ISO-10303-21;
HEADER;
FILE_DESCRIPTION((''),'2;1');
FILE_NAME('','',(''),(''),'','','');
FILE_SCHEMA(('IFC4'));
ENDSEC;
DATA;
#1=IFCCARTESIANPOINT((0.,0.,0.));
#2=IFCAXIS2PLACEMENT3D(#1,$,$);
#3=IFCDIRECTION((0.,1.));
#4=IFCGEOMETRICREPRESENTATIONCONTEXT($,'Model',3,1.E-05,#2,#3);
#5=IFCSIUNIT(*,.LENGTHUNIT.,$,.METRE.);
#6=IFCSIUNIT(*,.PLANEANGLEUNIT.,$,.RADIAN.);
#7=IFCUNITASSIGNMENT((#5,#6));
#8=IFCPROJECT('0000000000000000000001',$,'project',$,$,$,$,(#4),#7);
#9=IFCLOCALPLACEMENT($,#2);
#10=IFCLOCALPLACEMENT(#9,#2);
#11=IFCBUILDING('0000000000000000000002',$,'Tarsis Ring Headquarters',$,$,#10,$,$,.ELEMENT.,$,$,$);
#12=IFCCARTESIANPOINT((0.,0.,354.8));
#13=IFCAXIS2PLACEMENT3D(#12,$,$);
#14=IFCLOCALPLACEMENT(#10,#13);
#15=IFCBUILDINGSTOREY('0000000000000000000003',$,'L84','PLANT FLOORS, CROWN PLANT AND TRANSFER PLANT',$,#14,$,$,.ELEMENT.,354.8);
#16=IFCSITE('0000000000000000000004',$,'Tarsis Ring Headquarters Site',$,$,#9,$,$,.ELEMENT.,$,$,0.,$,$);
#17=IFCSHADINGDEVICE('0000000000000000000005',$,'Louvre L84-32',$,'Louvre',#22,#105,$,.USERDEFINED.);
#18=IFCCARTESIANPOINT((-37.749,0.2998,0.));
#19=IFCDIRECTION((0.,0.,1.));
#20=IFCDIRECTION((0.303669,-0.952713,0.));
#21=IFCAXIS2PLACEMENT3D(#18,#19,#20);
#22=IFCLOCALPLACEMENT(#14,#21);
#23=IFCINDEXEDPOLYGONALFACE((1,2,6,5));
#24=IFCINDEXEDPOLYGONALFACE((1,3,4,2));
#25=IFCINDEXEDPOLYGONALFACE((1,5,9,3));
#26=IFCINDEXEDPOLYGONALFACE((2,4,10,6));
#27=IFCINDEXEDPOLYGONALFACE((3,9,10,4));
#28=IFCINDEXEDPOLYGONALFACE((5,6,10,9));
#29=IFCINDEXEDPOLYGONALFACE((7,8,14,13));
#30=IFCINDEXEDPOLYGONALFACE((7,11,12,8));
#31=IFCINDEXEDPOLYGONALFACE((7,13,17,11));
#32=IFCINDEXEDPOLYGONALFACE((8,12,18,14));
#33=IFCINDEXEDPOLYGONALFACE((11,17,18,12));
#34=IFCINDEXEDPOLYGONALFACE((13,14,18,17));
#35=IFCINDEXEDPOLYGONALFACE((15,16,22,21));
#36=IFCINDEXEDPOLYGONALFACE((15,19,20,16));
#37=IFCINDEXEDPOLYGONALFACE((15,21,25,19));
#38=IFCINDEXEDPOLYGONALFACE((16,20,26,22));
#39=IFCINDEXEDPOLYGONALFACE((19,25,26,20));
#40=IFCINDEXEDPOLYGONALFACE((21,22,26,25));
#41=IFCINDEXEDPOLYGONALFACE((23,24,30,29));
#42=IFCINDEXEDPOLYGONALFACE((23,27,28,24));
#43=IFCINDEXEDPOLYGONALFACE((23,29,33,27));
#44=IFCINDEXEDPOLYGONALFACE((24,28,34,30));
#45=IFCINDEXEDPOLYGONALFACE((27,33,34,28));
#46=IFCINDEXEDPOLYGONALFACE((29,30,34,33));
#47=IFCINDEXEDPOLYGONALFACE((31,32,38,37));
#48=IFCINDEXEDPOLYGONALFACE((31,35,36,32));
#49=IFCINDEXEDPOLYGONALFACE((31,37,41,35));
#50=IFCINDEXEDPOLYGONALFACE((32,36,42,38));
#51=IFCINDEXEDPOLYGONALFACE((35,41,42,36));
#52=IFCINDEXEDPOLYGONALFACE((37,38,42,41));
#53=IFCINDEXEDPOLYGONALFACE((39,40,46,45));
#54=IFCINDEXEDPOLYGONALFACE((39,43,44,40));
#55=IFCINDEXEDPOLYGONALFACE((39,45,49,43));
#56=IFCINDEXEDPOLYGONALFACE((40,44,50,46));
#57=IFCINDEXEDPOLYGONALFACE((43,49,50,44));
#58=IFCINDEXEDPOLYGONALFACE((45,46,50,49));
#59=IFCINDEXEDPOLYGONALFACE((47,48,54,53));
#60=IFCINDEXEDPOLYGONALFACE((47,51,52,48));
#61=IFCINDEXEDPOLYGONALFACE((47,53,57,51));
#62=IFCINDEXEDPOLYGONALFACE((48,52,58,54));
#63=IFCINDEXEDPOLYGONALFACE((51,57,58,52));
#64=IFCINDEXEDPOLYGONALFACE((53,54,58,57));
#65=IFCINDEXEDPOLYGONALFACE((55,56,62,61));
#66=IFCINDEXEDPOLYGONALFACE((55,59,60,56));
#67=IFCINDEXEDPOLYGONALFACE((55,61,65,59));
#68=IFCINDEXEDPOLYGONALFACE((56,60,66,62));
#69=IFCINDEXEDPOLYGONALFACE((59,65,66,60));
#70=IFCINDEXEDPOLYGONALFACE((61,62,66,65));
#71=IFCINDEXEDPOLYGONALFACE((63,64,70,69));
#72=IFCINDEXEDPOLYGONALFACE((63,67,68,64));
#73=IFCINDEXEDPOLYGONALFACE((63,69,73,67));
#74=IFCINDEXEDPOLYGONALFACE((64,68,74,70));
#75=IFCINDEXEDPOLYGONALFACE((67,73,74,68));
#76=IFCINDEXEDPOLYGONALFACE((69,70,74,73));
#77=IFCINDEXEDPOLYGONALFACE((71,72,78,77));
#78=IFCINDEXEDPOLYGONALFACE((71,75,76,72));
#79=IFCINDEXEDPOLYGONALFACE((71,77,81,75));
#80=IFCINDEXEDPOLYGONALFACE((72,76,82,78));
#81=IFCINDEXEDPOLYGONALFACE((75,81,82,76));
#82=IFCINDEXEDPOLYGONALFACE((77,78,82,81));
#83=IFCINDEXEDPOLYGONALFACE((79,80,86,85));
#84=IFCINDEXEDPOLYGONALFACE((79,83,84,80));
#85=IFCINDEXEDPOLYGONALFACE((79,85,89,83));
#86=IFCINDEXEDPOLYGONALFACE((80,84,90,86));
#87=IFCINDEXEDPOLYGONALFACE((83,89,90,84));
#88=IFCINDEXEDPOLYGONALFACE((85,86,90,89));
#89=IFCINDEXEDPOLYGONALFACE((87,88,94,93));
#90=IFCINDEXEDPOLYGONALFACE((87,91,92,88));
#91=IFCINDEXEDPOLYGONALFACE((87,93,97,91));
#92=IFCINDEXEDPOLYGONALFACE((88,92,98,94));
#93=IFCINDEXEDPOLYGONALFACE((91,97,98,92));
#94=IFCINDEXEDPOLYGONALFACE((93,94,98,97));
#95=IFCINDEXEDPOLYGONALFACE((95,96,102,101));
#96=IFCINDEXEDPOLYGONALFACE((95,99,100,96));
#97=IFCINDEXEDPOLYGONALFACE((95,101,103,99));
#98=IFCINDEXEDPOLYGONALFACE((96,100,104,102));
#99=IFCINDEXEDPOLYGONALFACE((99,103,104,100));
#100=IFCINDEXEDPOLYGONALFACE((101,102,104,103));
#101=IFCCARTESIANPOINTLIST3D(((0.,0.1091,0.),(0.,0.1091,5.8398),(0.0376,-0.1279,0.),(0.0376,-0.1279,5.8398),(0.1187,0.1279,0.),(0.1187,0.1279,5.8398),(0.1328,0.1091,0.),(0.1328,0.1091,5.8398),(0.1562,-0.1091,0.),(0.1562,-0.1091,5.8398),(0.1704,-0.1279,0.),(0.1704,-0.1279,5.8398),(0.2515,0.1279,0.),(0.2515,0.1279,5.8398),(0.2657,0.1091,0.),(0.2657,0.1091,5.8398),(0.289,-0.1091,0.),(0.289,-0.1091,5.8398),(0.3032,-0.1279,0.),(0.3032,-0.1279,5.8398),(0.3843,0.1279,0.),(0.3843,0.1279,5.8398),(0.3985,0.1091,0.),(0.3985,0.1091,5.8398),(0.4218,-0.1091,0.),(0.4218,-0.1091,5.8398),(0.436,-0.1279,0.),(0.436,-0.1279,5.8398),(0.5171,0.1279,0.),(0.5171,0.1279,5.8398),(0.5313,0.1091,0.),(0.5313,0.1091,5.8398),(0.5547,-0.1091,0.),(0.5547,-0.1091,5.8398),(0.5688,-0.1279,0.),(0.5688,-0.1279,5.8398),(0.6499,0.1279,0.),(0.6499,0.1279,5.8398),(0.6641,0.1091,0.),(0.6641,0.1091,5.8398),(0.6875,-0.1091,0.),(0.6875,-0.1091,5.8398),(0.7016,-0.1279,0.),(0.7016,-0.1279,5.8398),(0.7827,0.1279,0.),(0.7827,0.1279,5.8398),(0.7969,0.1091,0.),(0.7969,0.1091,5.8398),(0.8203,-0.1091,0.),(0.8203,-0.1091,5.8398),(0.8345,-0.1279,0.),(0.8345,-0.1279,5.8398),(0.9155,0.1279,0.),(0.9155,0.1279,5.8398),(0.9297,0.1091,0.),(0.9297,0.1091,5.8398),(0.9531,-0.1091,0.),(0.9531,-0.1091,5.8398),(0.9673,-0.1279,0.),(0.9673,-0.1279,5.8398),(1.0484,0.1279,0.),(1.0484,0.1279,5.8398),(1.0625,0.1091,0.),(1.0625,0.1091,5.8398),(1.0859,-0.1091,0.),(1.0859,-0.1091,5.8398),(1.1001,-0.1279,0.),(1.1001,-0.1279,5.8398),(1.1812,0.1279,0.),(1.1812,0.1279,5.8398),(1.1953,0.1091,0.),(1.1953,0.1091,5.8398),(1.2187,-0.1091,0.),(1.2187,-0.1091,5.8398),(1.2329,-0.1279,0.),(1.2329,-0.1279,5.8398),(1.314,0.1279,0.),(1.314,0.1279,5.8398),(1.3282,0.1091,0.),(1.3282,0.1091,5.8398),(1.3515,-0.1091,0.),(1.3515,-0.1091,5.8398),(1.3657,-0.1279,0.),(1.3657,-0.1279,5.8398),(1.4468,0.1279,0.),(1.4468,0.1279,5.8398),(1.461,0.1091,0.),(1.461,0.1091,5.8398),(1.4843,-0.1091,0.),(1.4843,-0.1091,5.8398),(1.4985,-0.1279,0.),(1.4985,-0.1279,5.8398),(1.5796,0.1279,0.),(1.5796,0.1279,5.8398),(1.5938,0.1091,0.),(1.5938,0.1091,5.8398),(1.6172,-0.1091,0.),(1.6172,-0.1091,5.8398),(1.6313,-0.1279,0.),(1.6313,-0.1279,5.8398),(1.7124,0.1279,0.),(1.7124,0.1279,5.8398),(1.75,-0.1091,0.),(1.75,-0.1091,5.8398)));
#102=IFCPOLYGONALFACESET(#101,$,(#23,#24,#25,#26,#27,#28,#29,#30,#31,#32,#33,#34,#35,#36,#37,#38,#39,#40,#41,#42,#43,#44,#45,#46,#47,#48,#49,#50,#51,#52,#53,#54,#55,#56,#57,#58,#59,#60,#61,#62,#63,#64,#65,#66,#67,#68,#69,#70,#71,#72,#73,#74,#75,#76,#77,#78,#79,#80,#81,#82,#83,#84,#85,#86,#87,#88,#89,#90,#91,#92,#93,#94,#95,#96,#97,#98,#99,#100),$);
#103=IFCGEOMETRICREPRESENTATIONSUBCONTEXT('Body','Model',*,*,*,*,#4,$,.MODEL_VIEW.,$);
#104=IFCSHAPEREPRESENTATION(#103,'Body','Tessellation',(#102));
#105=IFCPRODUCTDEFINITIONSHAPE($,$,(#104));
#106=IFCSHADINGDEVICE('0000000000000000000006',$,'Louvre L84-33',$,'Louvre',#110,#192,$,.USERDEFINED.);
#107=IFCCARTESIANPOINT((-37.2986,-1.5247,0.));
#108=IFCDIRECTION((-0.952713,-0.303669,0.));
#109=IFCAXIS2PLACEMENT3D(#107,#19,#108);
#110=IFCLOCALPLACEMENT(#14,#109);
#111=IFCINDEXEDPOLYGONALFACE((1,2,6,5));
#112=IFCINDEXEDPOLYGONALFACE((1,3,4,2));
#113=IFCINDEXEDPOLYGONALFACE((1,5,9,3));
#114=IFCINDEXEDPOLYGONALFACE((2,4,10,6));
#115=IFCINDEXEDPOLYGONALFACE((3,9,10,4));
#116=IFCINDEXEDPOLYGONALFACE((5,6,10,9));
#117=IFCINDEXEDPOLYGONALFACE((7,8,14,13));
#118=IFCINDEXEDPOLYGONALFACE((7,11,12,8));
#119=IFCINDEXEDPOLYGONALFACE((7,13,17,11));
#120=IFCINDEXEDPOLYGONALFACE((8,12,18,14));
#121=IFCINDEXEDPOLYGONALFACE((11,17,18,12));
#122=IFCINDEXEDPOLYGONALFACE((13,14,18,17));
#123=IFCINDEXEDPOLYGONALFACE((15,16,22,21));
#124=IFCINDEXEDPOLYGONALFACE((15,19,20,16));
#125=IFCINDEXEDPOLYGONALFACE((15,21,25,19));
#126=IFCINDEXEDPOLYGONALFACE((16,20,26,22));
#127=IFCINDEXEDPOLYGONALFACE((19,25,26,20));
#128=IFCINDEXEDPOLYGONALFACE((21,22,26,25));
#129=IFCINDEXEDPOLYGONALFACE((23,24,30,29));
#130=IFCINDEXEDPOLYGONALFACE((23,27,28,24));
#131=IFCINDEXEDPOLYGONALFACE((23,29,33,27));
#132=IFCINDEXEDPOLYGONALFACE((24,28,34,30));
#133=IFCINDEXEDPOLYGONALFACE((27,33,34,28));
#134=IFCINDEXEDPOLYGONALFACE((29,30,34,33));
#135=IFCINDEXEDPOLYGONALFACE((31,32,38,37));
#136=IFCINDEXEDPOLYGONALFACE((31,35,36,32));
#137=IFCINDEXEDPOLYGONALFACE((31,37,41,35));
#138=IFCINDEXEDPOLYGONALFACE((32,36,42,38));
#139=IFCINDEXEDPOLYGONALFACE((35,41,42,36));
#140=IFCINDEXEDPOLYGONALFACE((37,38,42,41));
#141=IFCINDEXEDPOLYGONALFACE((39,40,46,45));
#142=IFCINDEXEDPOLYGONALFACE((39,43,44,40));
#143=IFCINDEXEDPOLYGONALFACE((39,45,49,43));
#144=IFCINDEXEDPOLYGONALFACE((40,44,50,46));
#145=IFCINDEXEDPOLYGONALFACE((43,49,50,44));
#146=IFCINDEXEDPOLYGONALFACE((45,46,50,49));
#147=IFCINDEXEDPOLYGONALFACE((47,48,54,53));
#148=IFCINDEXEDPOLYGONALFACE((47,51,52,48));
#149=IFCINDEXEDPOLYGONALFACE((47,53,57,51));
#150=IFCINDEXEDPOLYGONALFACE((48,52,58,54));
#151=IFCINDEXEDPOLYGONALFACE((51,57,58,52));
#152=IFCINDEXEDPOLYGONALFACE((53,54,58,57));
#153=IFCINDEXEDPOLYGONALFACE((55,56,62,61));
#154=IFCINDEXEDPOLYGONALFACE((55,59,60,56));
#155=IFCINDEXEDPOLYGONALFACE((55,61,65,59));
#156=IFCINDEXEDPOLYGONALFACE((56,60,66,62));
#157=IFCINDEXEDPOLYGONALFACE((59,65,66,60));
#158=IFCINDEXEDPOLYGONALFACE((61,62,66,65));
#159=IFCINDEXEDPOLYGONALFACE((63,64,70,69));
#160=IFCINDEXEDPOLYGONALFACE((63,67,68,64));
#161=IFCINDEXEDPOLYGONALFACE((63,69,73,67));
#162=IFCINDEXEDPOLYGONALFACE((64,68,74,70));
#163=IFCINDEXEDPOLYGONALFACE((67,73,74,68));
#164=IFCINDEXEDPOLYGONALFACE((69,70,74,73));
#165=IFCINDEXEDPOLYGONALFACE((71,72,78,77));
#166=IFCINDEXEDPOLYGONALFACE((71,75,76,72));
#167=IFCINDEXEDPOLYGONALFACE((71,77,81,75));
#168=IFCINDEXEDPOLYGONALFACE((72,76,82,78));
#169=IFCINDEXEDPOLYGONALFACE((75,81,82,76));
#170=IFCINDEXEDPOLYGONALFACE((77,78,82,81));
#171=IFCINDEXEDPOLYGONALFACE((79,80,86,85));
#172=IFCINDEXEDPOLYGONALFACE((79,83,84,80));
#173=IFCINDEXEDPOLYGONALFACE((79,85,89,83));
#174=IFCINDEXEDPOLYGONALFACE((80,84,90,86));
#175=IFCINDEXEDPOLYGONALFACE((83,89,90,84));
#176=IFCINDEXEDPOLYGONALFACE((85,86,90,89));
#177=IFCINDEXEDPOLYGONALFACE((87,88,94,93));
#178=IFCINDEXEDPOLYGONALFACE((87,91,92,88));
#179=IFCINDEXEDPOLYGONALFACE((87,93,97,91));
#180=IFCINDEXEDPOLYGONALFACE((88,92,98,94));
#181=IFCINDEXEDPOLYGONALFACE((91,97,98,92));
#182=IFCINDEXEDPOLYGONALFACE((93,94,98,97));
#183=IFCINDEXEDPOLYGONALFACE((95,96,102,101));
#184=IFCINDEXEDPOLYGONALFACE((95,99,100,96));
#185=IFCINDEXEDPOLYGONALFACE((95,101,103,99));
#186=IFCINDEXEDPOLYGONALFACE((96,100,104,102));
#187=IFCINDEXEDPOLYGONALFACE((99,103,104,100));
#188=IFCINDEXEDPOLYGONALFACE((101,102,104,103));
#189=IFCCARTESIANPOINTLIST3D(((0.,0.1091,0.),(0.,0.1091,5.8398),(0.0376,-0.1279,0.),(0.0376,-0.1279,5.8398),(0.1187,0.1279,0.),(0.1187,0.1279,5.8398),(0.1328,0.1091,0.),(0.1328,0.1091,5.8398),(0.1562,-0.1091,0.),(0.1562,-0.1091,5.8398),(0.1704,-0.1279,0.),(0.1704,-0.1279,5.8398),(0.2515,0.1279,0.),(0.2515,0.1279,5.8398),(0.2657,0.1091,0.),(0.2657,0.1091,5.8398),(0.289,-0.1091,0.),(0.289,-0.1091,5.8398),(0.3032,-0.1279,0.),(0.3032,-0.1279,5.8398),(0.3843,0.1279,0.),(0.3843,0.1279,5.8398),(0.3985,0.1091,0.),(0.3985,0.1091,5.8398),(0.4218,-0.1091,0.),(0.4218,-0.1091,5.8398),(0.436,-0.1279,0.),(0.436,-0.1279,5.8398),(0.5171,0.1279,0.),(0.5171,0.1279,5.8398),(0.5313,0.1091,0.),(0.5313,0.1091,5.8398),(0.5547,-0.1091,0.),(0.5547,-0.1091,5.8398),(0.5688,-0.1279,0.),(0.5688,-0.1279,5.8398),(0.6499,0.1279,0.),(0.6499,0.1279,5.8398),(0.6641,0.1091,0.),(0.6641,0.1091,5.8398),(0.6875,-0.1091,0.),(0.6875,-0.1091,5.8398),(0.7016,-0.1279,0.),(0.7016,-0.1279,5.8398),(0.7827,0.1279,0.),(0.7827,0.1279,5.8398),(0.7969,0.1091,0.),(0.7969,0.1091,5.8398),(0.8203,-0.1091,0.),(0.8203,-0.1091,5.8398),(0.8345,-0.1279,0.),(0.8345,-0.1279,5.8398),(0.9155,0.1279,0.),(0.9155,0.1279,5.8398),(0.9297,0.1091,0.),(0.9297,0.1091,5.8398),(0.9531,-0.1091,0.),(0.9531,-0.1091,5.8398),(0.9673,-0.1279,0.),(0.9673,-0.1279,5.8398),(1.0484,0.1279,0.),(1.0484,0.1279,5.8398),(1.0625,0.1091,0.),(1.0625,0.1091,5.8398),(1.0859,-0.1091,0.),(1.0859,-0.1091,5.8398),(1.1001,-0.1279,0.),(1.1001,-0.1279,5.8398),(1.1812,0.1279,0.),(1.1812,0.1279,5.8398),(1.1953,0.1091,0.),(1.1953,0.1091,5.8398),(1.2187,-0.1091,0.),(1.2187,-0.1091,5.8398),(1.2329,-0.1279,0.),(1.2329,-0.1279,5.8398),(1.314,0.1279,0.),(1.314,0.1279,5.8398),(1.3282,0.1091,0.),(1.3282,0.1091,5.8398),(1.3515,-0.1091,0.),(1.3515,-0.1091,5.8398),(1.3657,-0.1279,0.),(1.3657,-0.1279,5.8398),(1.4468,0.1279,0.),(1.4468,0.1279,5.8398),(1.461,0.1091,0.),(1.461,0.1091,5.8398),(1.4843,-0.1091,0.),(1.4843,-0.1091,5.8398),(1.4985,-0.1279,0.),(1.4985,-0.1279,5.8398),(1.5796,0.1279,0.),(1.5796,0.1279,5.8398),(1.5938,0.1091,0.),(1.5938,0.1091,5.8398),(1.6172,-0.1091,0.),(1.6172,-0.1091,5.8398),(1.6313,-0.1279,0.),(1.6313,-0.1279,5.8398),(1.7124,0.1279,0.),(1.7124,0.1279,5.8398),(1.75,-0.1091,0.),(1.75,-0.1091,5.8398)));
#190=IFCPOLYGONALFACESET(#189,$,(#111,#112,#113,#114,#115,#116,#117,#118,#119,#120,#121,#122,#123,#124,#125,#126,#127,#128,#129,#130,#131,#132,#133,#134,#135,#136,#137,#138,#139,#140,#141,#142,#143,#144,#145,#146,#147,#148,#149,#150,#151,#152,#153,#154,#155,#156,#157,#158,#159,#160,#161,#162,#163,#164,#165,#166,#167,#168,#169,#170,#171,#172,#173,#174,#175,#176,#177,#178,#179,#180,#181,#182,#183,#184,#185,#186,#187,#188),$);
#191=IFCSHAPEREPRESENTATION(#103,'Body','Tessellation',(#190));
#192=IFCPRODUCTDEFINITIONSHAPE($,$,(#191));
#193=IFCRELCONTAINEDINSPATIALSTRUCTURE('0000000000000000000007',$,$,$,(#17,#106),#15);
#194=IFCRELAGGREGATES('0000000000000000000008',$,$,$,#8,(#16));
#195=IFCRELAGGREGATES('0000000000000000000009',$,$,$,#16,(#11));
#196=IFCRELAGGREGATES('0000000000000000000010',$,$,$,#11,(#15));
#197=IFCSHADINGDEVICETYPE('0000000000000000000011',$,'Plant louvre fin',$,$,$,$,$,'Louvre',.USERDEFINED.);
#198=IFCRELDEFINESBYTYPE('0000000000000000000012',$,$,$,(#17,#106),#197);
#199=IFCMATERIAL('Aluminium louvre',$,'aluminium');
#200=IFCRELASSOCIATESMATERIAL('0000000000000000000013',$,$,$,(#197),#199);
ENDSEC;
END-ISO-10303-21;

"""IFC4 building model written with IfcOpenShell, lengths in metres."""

from ifc_helpers import new_model, si_unit, direction, frame, frame_2d, origin, place, context, subcontext, project, spatial, rectangle, composite_profile, extrude, material, type_object, element, save


model = new_model("IFC4")

# Units and contexts
model_context = context("Model", 3, precision=1e-05, world=origin(), true_north=direction((0.0, 1.0)))
body_context = subcontext(model_context, "Body", "Model", "MODEL_VIEW")
ifc_project = project(units=[si_unit("LENGTHUNIT", "METRE"), si_unit("PLANEANGLEUNIT", "RADIAN")], contexts=[model_context])

# Site, building, storey
site_placement = place(None, origin())
site = spatial("IfcSite", under=ifc_project, at=site_placement, Name="Tarsis Ring Headquarters Site", CompositionType="ELEMENT", RefElevation=0.0)
building_placement = place(site_placement, origin())
building = spatial("IfcBuilding", under=site, at=building_placement, Name="Tarsis Ring Headquarters", CompositionType="ELEMENT")
storey_placement = place(building_placement, frame((0.0, 0.0, 354.8)))
storey = spatial("IfcBuildingStorey", under=building, at=storey_placement, Name="L84", Description="PLANT FLOORS, CROWN PLANT AND TRANSFER PLANT", CompositionType="ELEMENT", Elevation=354.8)

# Shading devices
ifc_material_1 = material(Name="Aluminium louvre", Category="aluminium")
shading_device_type_1 = type_object("IfcShadingDeviceType", Name="Plant louvre fin", ElementType="Louvre", PredefinedType="USERDEFINED", material=ifc_material_1)
for number, where, z_axis, x_axis, name in (
    (1, (-37.749, 0.2998, 0.0), (0.0, 0.0, 1.0), (0.303669, -0.952713, 0.0), "Louvre L84-32"),
    (2, (-37.2986, -1.5247, 0.0), (0.0, 0.0, 1.0), (-0.952713, -0.303669, 0.0), "Louvre L84-33"),
):
    element("IfcShadingDevice", number, at=place(storey_placement, frame(where, z_axis=z_axis, x_axis=x_axis)), inside=storey, type_object=shading_device_type_1, Name=name, ObjectType="Louvre", PredefinedType="USERDEFINED", context=body_context, shape_type="SweptSolid", body=[
        extrude(composite_profile([rectangle(XDim=0.1201, YDim=0.24, at=frame_2d((0.0781, 0.0), x_axis=(0.987688, 0.156434))), rectangle(XDim=0.1201, YDim=0.24, at=frame_2d((0.2109, 0.0), x_axis=(0.987688, 0.156434))), rectangle(XDim=0.1201, YDim=0.24, at=frame_2d((0.3438, 0.0), x_axis=(0.987688, 0.156434))), rectangle(XDim=0.1201, YDim=0.24, at=frame_2d((0.4766, 0.0), x_axis=(0.987688, 0.156434))), rectangle(XDim=0.1201, YDim=0.24, at=frame_2d((0.6094, 0.0), x_axis=(0.987688, 0.156434))), rectangle(XDim=0.1201, YDim=0.24, at=frame_2d((0.7422, 0.0), x_axis=(0.987688, 0.156434))), rectangle(XDim=0.1201, YDim=0.24, at=frame_2d((0.875, 0.0), x_axis=(0.987688, 0.156434))), rectangle(XDim=0.1201, YDim=0.24, at=frame_2d((1.0078, 0.0), x_axis=(0.987688, 0.156434))), rectangle(XDim=0.1201, YDim=0.24, at=frame_2d((1.1406, 0.0), x_axis=(0.987688, 0.156434))), rectangle(XDim=0.1201, YDim=0.24, at=frame_2d((1.2734, 0.0), x_axis=(0.987688, 0.156434))), rectangle(XDim=0.1201, YDim=0.24, at=frame_2d((1.4062, 0.0), x_axis=(0.987688, 0.156434))), rectangle(XDim=0.1201, YDim=0.24, at=frame_2d((1.5391, 0.0), x_axis=(0.987688, 0.156434))), rectangle(XDim=0.1201, YDim=0.24, at=frame_2d((1.6719, 0.0), x_axis=(0.987688, 0.156434)))]), origin(), (0.0, 0.0, 1.0), 5.8398),
    ])

save(model, "model.ifc")
